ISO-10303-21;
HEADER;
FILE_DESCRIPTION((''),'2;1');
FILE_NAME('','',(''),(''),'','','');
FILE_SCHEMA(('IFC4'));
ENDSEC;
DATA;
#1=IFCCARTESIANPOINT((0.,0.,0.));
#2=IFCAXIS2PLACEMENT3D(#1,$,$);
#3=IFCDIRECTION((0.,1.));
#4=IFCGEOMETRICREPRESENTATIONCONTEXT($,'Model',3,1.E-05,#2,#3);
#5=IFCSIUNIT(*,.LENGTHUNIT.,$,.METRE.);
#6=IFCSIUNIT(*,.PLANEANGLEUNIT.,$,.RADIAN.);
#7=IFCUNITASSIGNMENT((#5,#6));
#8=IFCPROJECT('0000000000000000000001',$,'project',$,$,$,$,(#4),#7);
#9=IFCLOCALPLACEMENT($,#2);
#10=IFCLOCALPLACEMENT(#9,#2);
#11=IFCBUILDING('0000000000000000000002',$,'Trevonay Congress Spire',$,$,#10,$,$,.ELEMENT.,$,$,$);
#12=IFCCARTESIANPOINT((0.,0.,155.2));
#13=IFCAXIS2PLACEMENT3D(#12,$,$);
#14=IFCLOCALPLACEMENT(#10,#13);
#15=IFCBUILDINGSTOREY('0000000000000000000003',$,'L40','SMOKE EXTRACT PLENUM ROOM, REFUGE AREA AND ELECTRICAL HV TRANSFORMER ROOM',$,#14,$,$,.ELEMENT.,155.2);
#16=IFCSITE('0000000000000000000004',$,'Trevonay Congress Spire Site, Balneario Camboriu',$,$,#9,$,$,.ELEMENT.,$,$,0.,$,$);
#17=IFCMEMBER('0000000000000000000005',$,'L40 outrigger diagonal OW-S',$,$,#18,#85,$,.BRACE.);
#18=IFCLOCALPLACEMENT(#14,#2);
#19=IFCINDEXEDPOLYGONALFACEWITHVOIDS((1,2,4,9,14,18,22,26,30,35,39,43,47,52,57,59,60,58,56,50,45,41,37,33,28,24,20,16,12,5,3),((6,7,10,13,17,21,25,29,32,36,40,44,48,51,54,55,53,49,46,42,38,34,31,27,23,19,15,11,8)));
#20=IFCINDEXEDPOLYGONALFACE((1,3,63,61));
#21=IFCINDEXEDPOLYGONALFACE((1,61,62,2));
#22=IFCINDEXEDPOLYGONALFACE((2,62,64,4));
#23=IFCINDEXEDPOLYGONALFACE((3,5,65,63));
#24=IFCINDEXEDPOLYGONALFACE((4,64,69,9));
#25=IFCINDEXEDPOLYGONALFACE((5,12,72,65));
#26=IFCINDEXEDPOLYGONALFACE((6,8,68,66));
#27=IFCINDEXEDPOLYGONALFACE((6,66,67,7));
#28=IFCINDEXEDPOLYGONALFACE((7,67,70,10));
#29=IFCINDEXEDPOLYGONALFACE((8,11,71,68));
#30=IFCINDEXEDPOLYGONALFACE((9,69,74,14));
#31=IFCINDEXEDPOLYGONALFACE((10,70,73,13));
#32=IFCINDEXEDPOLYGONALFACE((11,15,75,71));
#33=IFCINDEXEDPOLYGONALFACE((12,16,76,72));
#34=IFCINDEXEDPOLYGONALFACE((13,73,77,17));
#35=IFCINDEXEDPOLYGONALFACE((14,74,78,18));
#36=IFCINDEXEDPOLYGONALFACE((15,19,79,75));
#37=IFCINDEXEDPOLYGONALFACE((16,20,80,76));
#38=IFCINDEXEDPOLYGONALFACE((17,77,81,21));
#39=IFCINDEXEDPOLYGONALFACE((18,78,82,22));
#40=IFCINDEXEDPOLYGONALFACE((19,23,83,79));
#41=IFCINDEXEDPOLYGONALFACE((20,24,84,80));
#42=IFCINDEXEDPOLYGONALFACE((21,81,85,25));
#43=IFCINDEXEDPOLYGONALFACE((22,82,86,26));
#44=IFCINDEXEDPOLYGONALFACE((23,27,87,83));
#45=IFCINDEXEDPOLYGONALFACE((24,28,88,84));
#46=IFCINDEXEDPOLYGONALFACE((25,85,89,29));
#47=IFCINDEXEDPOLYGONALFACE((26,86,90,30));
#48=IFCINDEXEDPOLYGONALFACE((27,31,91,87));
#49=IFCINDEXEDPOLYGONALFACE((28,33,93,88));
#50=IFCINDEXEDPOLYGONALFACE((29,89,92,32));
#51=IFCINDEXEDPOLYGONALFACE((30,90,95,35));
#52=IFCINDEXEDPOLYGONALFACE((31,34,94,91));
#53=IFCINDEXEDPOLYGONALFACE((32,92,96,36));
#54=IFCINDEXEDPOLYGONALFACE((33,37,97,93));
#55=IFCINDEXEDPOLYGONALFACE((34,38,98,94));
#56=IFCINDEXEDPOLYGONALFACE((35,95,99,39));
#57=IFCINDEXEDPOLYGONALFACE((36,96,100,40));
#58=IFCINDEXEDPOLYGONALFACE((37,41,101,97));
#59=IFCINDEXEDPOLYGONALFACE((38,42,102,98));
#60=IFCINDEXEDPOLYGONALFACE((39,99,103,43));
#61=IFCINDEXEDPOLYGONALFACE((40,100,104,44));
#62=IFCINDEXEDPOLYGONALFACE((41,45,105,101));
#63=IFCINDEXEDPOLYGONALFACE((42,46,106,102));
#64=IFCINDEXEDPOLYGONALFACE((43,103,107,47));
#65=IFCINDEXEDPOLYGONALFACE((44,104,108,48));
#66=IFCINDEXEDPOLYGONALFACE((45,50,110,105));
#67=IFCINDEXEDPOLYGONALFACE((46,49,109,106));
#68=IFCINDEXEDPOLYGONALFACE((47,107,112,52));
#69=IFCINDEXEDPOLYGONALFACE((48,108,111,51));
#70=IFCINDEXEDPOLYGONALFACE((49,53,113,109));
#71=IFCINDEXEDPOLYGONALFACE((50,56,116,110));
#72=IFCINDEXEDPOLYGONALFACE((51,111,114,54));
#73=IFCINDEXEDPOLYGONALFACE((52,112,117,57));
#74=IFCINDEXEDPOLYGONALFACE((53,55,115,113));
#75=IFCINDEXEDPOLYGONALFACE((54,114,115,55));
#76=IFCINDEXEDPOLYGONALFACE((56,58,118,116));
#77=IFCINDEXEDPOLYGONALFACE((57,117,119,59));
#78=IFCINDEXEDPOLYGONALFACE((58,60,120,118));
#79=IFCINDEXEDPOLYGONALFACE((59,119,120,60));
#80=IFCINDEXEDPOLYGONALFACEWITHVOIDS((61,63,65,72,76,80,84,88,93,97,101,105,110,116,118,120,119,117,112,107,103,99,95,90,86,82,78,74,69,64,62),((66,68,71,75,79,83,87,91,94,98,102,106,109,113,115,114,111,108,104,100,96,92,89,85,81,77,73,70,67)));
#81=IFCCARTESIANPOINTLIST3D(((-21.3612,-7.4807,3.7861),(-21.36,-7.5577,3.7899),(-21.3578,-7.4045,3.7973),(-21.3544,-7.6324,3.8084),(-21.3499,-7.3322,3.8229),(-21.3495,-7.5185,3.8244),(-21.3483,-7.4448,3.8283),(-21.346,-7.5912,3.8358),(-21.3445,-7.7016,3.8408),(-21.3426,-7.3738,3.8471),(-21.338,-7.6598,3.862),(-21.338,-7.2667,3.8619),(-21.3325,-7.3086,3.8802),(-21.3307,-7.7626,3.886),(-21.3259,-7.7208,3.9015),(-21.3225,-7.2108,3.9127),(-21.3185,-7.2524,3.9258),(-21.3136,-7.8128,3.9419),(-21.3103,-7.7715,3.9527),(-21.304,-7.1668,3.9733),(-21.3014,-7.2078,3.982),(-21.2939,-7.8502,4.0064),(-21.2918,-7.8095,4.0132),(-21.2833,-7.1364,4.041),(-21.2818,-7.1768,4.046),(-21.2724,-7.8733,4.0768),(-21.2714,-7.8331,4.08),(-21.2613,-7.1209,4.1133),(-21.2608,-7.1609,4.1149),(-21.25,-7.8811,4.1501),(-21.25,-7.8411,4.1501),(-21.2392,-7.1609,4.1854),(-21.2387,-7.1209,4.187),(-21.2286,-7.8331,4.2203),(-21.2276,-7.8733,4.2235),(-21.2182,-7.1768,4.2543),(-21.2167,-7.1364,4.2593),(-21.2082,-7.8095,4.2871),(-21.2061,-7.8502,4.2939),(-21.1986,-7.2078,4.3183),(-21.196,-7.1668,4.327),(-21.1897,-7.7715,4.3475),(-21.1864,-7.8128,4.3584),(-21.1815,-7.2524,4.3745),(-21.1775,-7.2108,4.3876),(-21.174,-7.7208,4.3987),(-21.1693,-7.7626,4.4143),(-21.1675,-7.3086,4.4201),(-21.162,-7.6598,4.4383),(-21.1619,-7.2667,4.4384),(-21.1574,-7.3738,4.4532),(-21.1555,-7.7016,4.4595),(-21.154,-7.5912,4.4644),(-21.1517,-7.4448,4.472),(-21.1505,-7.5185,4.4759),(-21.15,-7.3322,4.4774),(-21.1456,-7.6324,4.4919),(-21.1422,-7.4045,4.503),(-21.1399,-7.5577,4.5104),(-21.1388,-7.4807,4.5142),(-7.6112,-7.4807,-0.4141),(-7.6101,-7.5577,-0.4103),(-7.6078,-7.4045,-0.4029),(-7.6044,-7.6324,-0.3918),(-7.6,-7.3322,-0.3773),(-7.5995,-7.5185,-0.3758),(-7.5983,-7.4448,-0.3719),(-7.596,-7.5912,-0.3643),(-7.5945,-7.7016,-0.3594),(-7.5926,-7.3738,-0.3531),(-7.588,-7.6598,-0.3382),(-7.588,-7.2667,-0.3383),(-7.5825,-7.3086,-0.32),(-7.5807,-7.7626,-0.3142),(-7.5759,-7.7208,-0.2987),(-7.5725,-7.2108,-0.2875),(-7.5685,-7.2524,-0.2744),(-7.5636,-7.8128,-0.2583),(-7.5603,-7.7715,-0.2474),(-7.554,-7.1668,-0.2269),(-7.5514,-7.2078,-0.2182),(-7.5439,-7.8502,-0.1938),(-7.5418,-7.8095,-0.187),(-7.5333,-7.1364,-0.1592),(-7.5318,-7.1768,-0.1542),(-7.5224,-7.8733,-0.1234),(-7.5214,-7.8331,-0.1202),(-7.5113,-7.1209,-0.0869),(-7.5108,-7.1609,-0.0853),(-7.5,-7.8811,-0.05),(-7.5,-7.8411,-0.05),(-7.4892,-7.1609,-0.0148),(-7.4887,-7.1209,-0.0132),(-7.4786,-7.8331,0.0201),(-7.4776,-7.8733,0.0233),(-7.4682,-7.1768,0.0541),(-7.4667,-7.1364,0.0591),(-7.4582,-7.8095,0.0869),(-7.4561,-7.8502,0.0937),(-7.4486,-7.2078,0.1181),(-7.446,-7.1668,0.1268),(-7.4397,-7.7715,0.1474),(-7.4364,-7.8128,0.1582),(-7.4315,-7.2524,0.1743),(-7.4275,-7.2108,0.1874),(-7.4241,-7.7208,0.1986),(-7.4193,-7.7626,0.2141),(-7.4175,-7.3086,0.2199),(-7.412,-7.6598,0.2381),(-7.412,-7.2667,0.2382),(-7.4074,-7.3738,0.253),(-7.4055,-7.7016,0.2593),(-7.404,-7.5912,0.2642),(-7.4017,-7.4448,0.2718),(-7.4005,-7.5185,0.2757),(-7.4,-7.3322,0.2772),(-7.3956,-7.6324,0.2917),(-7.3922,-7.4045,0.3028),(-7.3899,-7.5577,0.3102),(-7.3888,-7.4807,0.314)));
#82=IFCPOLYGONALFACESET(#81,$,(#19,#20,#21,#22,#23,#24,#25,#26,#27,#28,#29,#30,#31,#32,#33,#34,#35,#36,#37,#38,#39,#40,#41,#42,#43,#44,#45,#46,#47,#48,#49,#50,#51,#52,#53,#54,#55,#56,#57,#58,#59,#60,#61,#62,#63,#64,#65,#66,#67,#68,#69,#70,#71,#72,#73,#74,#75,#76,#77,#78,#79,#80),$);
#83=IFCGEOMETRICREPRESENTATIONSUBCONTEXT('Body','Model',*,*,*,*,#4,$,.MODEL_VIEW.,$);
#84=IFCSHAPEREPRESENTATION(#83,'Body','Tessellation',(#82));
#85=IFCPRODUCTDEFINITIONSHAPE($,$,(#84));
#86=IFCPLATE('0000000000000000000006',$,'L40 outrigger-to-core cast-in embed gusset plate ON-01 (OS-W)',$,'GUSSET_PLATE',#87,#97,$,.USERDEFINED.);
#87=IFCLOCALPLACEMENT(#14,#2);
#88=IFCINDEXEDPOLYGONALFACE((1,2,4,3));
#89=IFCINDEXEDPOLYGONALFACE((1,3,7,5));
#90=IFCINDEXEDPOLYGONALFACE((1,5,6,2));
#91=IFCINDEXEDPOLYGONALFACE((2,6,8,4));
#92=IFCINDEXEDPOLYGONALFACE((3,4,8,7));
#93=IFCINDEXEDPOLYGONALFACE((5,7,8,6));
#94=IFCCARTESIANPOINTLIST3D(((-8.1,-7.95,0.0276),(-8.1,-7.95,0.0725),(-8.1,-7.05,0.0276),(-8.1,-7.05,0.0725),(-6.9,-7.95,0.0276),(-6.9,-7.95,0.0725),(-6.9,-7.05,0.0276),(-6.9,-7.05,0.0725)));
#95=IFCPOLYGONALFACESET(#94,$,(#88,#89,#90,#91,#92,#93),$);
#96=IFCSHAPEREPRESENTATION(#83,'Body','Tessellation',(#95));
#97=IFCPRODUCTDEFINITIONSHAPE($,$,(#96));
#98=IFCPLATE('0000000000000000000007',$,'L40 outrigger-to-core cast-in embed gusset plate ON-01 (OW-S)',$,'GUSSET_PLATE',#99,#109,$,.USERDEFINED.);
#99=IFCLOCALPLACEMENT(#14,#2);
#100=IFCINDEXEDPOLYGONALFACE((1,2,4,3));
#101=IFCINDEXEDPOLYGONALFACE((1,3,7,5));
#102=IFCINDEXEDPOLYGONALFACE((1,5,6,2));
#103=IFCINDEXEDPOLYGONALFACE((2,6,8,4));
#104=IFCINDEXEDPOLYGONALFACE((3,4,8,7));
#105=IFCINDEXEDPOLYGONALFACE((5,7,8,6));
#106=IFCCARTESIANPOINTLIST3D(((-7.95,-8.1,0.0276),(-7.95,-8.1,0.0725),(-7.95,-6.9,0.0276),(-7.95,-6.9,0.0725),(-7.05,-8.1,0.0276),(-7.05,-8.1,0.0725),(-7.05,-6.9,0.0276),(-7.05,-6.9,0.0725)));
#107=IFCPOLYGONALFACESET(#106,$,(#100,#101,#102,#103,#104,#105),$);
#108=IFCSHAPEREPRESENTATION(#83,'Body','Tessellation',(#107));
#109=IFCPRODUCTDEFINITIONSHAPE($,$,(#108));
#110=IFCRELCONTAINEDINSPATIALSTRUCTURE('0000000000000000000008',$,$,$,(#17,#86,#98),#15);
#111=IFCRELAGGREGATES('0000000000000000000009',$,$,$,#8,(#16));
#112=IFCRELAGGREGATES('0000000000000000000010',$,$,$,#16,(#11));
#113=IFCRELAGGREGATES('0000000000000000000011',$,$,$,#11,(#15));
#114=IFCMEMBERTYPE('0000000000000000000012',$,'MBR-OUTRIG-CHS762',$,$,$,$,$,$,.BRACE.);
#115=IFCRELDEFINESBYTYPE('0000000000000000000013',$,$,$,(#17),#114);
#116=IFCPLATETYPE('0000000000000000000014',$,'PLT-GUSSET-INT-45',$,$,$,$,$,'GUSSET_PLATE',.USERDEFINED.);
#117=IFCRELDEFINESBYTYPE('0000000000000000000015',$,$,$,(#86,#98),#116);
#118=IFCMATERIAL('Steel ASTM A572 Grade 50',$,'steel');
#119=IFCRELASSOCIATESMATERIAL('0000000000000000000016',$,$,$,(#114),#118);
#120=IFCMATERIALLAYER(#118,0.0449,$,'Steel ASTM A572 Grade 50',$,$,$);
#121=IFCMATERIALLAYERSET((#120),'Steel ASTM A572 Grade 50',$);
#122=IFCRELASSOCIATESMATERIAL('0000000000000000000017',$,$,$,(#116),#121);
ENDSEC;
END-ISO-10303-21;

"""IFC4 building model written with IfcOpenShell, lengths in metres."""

from ifc_helpers import new_model, si_unit, direction, frame, origin, origin_2d, place, context, subcontext, project, spatial, rectangle, hollow_circle, extrude, material, layer, layer_set, material_profile, profile_set, type_object, element, save


model = new_model("IFC4")

# Units and contexts
model_context = context("Model", 3, precision=1e-05, world=origin(), true_north=direction((0.0, 1.0)))
body_context = subcontext(model_context, "Body", "Model", "MODEL_VIEW")
ifc_project = project(units=[si_unit("LENGTHUNIT", "METRE"), si_unit("PLANEANGLEUNIT", "RADIAN")], contexts=[model_context])

# Site, building, storey
site_placement = place(None, origin())
site = spatial("IfcSite", under=ifc_project, at=site_placement, Name="Trevonay Congress Spire Site, Balneario Camboriu", CompositionType="ELEMENT", RefElevation=0.0)
building_placement = place(site_placement, origin())
building = spatial("IfcBuilding", under=site, at=building_placement, Name="Trevonay Congress Spire", CompositionType="ELEMENT")
storey_placement = place(building_placement, frame((0.0, 0.0, 155.2)))
storey = spatial("IfcBuildingStorey", under=building, at=storey_placement, Name="L40", Description="SMOKE EXTRACT PLENUM ROOM, REFUGE AREA AND ELECTRICAL HV TRANSFORMER ROOM", CompositionType="ELEMENT", Elevation=155.2)

# Shared definitions
ifc_material_1 = material(Name="Steel ASTM A572 Grade 50", Category="steel")

# Member
ifc_material_profile_1 = material_profile(ifc_material_1, hollow_circle(Radius=0.3811, WallThickness=0.04, at=origin_2d()), Name="CHS 762x40")
ifc_profile_set_1 = profile_set([ifc_material_profile_1], Name="Steel ASTM A572 Grade 50")
member_type_1 = type_object("IfcMemberType", Name="MBR-OUTRIG-CHS762", PredefinedType="BRACE", material=ifc_profile_set_1)
for number, where, z_axis, x_axis, name in (
    (1, (-7.5, -7.5, -0.05), (-0.956375, 0.0, 0.292143), (0.0, -1.0, 0.0), "L40 outrigger diagonal OW-S"),
):
    element("IfcMember", number, at=place(storey_placement, frame(where, z_axis=z_axis, x_axis=x_axis)), inside=storey, type_object=member_type_1, Name=name, PredefinedType="BRACE", context=body_context, shape_type="SweptSolid", body=[
        extrude(hollow_circle(Radius=0.3811, WallThickness=0.04, at=origin_2d()), origin(), (0.0, 0.0, 1.0), 14.3772),
    ])

# Plates
ifc_layer_1 = layer(ifc_material_1, 0.0449, Name="Steel ASTM A572 Grade 50")
ifc_layer_set_1 = layer_set([ifc_layer_1], Name="Steel ASTM A572 Grade 50")
plate_type = type_object("IfcPlateType", Name="PLT-GUSSET-INT-45", ElementType="GUSSET_PLATE", PredefinedType="USERDEFINED", material=ifc_layer_set_1)
for number, where, z_axis, x_axis, name in (
    (2, (-7.5, -7.5, 0.0276), (0.0, 0.0, 1.0), (1.0, 0.0, 0.0), "L40 outrigger-to-core cast-in embed gusset plate ON-01 (OS-W)"),
    (3, (-7.5, -7.5, 0.0276), (0.0, 0.0, 1.0), (0.0, 1.0, 0.0), "L40 outrigger-to-core cast-in embed gusset plate ON-01 (OW-S)"),
):
    element("IfcPlate", number, at=place(storey_placement, frame(where, z_axis=z_axis, x_axis=x_axis)), inside=storey, type_object=plate_type, Name=name, ObjectType="GUSSET_PLATE", PredefinedType="USERDEFINED", context=body_context, shape_type="SweptSolid", body=[
        extrude(rectangle(XDim=1.2, YDim=0.8999, at=origin_2d()), origin(), (0.0, 0.0, 1.0), 0.0449),
    ])

save(model, "model.ifc")
